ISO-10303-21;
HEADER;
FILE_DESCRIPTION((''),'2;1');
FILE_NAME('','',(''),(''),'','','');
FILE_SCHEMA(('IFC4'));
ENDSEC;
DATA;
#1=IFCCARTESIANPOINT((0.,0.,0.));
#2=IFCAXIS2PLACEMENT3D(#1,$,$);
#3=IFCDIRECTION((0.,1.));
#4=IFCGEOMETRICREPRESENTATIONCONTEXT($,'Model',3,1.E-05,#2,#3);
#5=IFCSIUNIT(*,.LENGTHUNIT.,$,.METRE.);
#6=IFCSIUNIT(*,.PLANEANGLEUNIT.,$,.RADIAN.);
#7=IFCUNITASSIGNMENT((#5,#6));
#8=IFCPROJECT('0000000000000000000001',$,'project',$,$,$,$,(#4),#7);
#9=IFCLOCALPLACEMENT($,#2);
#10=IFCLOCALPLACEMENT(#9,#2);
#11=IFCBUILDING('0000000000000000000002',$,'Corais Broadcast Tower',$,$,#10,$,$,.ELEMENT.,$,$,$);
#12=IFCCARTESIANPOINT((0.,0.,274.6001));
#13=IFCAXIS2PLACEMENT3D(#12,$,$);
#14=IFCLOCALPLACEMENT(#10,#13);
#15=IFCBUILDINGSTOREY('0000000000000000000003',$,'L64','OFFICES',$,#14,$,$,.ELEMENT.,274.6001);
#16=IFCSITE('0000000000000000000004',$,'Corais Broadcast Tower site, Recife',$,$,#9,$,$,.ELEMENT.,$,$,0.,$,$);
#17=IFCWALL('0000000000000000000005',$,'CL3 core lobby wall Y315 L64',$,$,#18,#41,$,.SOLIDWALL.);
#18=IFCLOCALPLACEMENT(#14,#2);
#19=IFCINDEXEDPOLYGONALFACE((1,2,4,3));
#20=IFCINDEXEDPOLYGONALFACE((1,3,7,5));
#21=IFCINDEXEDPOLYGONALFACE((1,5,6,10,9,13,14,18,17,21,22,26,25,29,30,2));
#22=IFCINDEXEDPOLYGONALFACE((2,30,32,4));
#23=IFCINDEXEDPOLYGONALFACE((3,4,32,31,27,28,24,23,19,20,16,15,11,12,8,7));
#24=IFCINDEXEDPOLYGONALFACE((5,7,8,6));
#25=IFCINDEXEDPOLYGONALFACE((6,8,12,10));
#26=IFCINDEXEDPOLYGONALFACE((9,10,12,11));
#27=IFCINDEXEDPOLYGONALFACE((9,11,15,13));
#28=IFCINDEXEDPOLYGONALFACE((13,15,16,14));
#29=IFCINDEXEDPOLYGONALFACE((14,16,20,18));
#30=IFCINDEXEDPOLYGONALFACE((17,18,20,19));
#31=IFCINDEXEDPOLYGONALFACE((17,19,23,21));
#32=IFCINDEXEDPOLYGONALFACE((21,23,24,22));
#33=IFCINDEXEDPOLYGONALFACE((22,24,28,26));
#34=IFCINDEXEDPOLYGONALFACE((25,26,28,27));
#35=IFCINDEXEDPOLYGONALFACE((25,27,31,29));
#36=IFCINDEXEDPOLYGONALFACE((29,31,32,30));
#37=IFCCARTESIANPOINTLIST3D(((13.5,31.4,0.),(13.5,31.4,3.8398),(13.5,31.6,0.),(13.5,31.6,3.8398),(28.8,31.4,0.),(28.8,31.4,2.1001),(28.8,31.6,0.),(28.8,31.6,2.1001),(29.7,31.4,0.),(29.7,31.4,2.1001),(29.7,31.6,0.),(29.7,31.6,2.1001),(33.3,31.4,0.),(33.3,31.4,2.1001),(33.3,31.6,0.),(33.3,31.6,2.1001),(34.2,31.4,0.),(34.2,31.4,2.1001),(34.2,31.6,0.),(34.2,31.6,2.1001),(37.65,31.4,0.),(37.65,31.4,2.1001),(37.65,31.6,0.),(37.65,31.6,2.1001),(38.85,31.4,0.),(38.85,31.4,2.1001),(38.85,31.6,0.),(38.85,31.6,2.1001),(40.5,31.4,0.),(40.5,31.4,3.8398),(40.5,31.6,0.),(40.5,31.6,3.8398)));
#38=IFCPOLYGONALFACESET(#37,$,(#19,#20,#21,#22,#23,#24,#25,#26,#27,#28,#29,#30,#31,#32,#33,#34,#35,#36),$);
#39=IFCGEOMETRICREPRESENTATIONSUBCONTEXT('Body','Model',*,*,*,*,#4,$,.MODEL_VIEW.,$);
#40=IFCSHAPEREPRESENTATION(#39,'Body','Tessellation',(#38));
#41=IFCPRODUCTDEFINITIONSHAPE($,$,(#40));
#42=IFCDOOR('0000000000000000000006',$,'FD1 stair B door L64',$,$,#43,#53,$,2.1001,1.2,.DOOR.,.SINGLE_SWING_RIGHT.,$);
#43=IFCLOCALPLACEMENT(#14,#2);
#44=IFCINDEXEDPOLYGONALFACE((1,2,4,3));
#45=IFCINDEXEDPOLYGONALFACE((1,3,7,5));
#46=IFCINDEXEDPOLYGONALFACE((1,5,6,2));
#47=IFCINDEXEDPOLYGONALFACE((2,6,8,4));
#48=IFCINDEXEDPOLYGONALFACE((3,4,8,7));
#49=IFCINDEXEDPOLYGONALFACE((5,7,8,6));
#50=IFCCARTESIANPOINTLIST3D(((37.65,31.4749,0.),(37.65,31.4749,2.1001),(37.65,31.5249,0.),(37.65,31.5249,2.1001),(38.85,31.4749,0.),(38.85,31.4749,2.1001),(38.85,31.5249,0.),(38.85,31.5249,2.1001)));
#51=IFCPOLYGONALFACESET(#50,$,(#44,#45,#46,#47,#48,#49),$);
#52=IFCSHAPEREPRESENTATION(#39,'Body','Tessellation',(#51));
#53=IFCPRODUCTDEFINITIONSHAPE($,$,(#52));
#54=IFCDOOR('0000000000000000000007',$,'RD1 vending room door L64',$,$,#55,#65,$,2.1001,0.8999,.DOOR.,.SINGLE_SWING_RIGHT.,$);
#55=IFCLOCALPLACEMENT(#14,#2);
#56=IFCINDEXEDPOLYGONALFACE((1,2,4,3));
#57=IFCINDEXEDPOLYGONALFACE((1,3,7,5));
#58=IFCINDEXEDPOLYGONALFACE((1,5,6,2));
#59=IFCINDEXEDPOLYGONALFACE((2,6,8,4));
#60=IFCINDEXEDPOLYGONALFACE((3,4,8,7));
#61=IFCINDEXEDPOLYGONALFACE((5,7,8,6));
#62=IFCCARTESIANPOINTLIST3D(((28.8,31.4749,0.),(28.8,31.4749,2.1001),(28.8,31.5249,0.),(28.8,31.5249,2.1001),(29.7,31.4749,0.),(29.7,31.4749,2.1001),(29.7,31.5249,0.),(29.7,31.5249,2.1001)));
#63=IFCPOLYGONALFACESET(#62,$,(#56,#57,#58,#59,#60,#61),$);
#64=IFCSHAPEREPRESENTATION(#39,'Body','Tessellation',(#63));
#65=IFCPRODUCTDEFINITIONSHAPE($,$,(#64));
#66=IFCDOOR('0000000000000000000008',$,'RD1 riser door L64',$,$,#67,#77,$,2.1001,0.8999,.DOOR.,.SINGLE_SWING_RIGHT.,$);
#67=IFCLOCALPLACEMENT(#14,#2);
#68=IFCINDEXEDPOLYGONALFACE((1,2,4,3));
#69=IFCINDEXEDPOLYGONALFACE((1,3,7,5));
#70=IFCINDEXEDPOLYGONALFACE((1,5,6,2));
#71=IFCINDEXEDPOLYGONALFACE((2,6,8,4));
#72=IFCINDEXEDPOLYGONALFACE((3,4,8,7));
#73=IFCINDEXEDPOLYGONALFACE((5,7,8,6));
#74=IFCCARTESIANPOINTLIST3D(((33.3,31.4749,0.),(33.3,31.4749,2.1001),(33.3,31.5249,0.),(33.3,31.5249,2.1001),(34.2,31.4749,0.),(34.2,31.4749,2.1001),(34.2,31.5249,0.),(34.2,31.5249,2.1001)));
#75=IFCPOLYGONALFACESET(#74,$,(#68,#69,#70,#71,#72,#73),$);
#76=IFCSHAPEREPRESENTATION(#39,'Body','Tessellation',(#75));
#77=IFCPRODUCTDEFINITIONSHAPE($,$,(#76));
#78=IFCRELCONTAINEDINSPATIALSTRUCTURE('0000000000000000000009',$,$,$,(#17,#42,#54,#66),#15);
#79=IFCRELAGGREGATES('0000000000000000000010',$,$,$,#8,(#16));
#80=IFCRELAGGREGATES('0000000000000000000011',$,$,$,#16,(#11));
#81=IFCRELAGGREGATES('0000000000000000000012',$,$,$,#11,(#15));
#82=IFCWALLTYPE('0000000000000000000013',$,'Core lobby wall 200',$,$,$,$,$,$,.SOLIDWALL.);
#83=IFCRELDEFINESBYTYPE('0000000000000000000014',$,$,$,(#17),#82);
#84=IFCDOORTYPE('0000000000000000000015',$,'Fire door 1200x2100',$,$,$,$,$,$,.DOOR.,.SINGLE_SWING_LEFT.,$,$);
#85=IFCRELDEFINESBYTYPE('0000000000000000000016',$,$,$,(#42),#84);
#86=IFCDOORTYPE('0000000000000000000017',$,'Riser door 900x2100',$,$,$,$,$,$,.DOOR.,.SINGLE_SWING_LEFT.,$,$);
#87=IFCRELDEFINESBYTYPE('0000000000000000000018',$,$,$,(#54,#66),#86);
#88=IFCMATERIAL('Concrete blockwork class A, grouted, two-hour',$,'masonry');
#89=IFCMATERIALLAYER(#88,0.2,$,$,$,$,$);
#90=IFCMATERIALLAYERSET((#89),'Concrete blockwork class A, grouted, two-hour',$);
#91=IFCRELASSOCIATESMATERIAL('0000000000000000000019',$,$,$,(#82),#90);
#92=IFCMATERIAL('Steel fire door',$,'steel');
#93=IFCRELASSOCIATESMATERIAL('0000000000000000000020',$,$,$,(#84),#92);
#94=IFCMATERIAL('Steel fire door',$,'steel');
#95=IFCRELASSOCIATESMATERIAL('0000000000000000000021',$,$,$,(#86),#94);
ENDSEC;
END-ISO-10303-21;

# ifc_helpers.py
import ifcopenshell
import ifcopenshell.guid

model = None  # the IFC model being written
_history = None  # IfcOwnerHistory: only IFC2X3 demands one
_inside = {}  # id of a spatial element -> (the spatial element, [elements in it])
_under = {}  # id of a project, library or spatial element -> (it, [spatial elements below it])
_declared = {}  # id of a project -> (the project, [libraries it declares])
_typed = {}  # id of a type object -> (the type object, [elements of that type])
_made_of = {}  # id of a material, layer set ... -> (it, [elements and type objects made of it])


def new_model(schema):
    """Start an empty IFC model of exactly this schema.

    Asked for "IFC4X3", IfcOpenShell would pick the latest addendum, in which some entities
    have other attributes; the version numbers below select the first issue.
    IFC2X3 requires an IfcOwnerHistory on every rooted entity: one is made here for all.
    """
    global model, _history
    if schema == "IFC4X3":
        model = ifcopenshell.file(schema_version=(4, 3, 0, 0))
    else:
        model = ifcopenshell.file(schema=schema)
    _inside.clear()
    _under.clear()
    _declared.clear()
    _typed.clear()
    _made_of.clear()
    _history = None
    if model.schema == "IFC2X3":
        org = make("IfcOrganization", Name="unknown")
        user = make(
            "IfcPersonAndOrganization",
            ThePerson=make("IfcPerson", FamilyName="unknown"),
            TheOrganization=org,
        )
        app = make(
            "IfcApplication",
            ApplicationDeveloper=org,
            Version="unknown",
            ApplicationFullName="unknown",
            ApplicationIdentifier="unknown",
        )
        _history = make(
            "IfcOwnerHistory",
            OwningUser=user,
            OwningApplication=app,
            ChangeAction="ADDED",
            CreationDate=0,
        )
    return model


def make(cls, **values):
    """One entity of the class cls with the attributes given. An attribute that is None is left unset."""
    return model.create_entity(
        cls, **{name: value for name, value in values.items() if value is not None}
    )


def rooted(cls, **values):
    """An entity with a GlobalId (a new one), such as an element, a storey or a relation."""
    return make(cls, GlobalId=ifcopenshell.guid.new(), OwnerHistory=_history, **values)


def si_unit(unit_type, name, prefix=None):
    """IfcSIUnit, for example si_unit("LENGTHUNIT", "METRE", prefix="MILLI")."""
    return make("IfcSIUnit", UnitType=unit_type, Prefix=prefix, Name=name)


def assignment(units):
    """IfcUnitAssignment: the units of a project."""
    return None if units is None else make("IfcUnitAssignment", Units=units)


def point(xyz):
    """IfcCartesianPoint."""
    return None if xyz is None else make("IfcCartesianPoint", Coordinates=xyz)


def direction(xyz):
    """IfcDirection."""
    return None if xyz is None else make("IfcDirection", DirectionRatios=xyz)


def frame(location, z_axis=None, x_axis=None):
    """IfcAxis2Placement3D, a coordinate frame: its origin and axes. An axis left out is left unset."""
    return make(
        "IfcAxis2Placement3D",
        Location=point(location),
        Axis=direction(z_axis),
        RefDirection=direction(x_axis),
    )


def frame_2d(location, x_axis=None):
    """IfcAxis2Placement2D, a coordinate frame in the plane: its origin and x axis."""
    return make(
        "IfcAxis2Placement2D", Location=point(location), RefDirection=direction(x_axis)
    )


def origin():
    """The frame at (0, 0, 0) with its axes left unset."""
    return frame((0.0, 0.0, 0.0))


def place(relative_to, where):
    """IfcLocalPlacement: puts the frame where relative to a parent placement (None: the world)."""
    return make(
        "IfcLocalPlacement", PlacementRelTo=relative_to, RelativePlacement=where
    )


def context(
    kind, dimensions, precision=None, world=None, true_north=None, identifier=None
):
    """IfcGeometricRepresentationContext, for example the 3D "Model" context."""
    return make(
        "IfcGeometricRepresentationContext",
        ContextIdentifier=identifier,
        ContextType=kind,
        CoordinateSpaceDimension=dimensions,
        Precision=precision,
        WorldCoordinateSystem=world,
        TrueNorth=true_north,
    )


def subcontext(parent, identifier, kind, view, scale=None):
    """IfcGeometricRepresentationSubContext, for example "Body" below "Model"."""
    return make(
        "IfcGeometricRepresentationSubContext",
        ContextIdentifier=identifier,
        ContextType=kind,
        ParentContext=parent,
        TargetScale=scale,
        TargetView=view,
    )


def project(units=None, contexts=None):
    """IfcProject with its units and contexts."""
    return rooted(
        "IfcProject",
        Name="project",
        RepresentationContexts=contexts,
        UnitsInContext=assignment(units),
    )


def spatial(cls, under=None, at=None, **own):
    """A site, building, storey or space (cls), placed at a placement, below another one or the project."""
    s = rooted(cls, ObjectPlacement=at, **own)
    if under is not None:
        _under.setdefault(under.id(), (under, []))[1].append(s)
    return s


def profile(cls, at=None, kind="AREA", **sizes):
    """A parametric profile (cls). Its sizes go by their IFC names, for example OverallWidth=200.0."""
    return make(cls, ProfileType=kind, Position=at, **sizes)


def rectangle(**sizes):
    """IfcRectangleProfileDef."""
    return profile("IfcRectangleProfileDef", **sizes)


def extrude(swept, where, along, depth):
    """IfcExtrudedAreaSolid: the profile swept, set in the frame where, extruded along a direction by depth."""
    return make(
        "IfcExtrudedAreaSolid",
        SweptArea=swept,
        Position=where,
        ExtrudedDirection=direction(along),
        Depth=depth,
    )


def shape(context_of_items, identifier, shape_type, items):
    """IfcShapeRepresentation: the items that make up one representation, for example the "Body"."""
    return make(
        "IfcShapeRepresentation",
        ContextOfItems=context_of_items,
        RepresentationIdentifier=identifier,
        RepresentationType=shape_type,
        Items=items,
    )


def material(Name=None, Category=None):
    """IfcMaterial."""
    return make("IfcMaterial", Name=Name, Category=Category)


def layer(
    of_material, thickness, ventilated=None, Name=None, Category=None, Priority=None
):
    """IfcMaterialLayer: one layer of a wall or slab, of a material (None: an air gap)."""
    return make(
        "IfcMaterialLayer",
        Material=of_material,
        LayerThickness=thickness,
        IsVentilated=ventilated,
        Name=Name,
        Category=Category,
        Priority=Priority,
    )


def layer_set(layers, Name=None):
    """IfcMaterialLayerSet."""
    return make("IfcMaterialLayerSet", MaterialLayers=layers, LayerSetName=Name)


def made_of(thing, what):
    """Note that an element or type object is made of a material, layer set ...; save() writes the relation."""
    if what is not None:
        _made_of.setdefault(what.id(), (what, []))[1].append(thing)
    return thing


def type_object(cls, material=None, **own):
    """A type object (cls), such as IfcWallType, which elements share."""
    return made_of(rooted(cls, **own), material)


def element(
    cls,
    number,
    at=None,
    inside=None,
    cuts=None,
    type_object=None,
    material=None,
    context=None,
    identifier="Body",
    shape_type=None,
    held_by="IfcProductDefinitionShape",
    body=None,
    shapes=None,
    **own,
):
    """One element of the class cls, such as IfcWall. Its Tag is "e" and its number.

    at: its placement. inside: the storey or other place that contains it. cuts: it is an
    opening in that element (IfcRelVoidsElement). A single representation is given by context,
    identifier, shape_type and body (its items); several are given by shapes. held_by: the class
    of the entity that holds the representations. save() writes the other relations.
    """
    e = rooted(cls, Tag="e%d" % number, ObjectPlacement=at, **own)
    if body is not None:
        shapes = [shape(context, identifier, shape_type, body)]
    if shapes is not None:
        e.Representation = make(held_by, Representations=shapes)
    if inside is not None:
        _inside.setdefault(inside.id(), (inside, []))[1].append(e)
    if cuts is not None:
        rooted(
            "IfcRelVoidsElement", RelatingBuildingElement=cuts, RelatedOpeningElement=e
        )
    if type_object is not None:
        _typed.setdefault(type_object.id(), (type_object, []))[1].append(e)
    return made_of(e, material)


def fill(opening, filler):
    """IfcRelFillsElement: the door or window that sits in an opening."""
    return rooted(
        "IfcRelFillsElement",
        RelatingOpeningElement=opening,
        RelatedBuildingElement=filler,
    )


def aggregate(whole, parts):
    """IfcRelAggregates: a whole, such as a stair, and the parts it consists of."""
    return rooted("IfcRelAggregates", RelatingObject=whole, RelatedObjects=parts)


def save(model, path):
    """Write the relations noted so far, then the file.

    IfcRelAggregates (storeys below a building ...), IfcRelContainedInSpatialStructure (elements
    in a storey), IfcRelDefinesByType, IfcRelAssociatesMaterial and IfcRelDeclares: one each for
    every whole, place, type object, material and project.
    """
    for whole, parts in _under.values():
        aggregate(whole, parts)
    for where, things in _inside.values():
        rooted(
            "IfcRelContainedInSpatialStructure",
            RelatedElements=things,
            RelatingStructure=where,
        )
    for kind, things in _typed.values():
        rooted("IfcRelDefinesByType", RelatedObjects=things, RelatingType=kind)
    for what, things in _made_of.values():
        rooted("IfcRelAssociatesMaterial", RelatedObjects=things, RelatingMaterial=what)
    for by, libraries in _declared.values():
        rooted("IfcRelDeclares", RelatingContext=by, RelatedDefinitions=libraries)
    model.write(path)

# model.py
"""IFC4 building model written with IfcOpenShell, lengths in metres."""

from ifc_helpers import new_model, si_unit, direction, frame, frame_2d, origin, place, context, subcontext, project, spatial, rectangle, extrude, material, layer, layer_set, type_object, element, fill, save


model = new_model("IFC4")

# Units and contexts
model_context = context("Model", 3, precision=1e-05, world=origin(), true_north=direction((0.0, 1.0)))
body_context = subcontext(model_context, "Body", "Model", "MODEL_VIEW")
ifc_project = project(units=[si_unit("LENGTHUNIT", "METRE"), si_unit("PLANEANGLEUNIT", "RADIAN")], contexts=[model_context])

# Site, building, storey
site_placement = place(None, origin())
site = spatial("IfcSite", under=ifc_project, at=site_placement, Name="Corais Broadcast Tower site, Recife", CompositionType="ELEMENT", RefElevation=0.0)
building_placement = place(site_placement, origin())
building = spatial("IfcBuilding", under=site, at=building_placement, Name="Corais Broadcast Tower", CompositionType="ELEMENT")
storey_placement = place(building_placement, frame((0.0, 0.0, 274.6001)))
storey = spatial("IfcBuildingStorey", under=building, at=storey_placement, Name="L64", Description="OFFICES", CompositionType="ELEMENT", Elevation=274.6001)

# Wall, openings, doors
ifc_material_1 = material(Name="Concrete blockwork class A, grouted, two-hour", Category="masonry")
ifc_layer_1 = layer(ifc_material_1, 0.2)
ifc_layer_set_1 = layer_set([ifc_layer_1], Name="Concrete blockwork class A, grouted, two-hour")
wall_type_1 = type_object("IfcWallType", Name="Core lobby wall 200", PredefinedType="SOLIDWALL", material=ifc_layer_set_1)
wall_1_placement = place(storey_placement, frame((13.5, 31.5, 0.0), z_axis=(0.0, 0.0, 1.0), x_axis=(1.0, 0.0, 0.0)))
wall_1 = element("IfcWall", 1, at=wall_1_placement, inside=storey, type_object=wall_type_1, Name="CL3 core lobby wall Y315 L64", PredefinedType="SOLIDWALL", context=body_context, shape_type="SweptSolid", body=[
    extrude(rectangle(XDim=27.0, YDim=0.2, at=frame_2d((13.5, 0.0))), origin(), (0.0, 0.0, 1.0), 3.8398),
])
opening_1_placement = place(wall_1_placement, frame((24.1499, 0.0, 0.0)))
opening_1 = element("IfcOpeningElement", 2, at=opening_1_placement, cuts=wall_1, PredefinedType="OPENING", context=body_context, shape_type="SweptSolid", body=[
    extrude(rectangle(XDim=1.2, YDim=2.1001, at=frame_2d((0.6001, 1.05))), frame((0.0, 0.1099, 0.0), z_axis=(0.0, -1.0, 0.0), x_axis=(1.0, 0.0, 0.0)), (0.0, 0.0, 1.0), 0.22),
])
opening_2_placement = place(wall_1_placement, frame((15.3, 0.0, 0.0)))
opening_2 = element("IfcOpeningElement", 3, at=opening_2_placement, cuts=wall_1, PredefinedType="OPENING", context=body_context, shape_type="SweptSolid", body=[
    extrude(rectangle(XDim=0.8999, YDim=2.1001, at=frame_2d((0.45, 1.05))), frame((0.0, 0.1099, 0.0), z_axis=(0.0, -1.0, 0.0), x_axis=(1.0, 0.0, 0.0)), (0.0, 0.0, 1.0), 0.22),
])
opening_3_placement = place(wall_1_placement, frame((19.8, 0.0, 0.0)))
opening_3 = element("IfcOpeningElement", 4, at=opening_3_placement, cuts=wall_1, PredefinedType="OPENING", context=body_context, shape_type="SweptSolid", body=[
    extrude(rectangle(XDim=0.8999, YDim=2.1001, at=frame_2d((0.45, 1.05))), frame((0.0, 0.1099, 0.0), z_axis=(0.0, -1.0, 0.0), x_axis=(1.0, 0.0, 0.0)), (0.0, 0.0, 1.0), 0.22),
])
ifc_material_2 = material(Name="Steel fire door", Category="steel")
door_type_1 = type_object("IfcDoorType", Name="Fire door 1200x2100", OperationType="SINGLE_SWING_LEFT", PredefinedType="DOOR", material=ifc_material_2)
door_1_placement = place(opening_1_placement, origin())
door_1 = element("IfcDoor", 5, at=door_1_placement, inside=storey, type_object=door_type_1, Name="FD1 stair B door L64", OperationType="SINGLE_SWING_RIGHT", OverallHeight=2.1001, OverallWidth=1.2, PredefinedType="DOOR", context=body_context, shape_type="SweptSolid", body=[
    extrude(rectangle(XDim=1.2, YDim=2.1001, at=frame_2d((0.6001, 1.05))), frame((0.0, 0.0249, 0.0), z_axis=(0.0, -1.0, 0.0), x_axis=(1.0, 0.0, 0.0)), (0.0, 0.0, 1.0), 0.05),
])
fill(opening_1, door_1)
ifc_material_3 = material(Name="Steel fire door", Category="steel")
door_type_2 = type_object("IfcDoorType", Name="Riser door 900x2100", OperationType="SINGLE_SWING_LEFT", PredefinedType="DOOR", material=ifc_material_3)
door_2_placement = place(opening_2_placement, origin())
door_2 = element("IfcDoor", 6, at=door_2_placement, inside=storey, type_object=door_type_2, Name="RD1 vending room door L64", OperationType="SINGLE_SWING_RIGHT", OverallHeight=2.1001, OverallWidth=0.8999, PredefinedType="DOOR", context=body_context, shape_type="SweptSolid", body=[
    extrude(rectangle(XDim=0.8999, YDim=2.1001, at=frame_2d((0.45, 1.05))), frame((0.0, 0.0249, 0.0), z_axis=(0.0, -1.0, 0.0), x_axis=(1.0, 0.0, 0.0)), (0.0, 0.0, 1.0), 0.05),
])
fill(opening_2, door_2)
door_3_placement = place(opening_3_placement, origin())
door_3 = element("IfcDoor", 7, at=door_3_placement, inside=storey, type_object=door_type_2, Name="RD1 riser door L64", OperationType="SINGLE_SWING_RIGHT", OverallHeight=2.1001, OverallWidth=0.8999, PredefinedType="DOOR", context=body_context, shape_type="SweptSolid", body=[
    extrude(rectangle(XDim=0.8999, YDim=2.1001, at=frame_2d((0.45, 1.05))), frame((0.0, 0.0249, 0.0), z_axis=(0.0, -1.0, 0.0), x_axis=(1.0, 0.0, 0.0)), (0.0, 0.0, 1.0), 0.05),
])
fill(opening_3, door_3)

save(model, "model.ifc")
